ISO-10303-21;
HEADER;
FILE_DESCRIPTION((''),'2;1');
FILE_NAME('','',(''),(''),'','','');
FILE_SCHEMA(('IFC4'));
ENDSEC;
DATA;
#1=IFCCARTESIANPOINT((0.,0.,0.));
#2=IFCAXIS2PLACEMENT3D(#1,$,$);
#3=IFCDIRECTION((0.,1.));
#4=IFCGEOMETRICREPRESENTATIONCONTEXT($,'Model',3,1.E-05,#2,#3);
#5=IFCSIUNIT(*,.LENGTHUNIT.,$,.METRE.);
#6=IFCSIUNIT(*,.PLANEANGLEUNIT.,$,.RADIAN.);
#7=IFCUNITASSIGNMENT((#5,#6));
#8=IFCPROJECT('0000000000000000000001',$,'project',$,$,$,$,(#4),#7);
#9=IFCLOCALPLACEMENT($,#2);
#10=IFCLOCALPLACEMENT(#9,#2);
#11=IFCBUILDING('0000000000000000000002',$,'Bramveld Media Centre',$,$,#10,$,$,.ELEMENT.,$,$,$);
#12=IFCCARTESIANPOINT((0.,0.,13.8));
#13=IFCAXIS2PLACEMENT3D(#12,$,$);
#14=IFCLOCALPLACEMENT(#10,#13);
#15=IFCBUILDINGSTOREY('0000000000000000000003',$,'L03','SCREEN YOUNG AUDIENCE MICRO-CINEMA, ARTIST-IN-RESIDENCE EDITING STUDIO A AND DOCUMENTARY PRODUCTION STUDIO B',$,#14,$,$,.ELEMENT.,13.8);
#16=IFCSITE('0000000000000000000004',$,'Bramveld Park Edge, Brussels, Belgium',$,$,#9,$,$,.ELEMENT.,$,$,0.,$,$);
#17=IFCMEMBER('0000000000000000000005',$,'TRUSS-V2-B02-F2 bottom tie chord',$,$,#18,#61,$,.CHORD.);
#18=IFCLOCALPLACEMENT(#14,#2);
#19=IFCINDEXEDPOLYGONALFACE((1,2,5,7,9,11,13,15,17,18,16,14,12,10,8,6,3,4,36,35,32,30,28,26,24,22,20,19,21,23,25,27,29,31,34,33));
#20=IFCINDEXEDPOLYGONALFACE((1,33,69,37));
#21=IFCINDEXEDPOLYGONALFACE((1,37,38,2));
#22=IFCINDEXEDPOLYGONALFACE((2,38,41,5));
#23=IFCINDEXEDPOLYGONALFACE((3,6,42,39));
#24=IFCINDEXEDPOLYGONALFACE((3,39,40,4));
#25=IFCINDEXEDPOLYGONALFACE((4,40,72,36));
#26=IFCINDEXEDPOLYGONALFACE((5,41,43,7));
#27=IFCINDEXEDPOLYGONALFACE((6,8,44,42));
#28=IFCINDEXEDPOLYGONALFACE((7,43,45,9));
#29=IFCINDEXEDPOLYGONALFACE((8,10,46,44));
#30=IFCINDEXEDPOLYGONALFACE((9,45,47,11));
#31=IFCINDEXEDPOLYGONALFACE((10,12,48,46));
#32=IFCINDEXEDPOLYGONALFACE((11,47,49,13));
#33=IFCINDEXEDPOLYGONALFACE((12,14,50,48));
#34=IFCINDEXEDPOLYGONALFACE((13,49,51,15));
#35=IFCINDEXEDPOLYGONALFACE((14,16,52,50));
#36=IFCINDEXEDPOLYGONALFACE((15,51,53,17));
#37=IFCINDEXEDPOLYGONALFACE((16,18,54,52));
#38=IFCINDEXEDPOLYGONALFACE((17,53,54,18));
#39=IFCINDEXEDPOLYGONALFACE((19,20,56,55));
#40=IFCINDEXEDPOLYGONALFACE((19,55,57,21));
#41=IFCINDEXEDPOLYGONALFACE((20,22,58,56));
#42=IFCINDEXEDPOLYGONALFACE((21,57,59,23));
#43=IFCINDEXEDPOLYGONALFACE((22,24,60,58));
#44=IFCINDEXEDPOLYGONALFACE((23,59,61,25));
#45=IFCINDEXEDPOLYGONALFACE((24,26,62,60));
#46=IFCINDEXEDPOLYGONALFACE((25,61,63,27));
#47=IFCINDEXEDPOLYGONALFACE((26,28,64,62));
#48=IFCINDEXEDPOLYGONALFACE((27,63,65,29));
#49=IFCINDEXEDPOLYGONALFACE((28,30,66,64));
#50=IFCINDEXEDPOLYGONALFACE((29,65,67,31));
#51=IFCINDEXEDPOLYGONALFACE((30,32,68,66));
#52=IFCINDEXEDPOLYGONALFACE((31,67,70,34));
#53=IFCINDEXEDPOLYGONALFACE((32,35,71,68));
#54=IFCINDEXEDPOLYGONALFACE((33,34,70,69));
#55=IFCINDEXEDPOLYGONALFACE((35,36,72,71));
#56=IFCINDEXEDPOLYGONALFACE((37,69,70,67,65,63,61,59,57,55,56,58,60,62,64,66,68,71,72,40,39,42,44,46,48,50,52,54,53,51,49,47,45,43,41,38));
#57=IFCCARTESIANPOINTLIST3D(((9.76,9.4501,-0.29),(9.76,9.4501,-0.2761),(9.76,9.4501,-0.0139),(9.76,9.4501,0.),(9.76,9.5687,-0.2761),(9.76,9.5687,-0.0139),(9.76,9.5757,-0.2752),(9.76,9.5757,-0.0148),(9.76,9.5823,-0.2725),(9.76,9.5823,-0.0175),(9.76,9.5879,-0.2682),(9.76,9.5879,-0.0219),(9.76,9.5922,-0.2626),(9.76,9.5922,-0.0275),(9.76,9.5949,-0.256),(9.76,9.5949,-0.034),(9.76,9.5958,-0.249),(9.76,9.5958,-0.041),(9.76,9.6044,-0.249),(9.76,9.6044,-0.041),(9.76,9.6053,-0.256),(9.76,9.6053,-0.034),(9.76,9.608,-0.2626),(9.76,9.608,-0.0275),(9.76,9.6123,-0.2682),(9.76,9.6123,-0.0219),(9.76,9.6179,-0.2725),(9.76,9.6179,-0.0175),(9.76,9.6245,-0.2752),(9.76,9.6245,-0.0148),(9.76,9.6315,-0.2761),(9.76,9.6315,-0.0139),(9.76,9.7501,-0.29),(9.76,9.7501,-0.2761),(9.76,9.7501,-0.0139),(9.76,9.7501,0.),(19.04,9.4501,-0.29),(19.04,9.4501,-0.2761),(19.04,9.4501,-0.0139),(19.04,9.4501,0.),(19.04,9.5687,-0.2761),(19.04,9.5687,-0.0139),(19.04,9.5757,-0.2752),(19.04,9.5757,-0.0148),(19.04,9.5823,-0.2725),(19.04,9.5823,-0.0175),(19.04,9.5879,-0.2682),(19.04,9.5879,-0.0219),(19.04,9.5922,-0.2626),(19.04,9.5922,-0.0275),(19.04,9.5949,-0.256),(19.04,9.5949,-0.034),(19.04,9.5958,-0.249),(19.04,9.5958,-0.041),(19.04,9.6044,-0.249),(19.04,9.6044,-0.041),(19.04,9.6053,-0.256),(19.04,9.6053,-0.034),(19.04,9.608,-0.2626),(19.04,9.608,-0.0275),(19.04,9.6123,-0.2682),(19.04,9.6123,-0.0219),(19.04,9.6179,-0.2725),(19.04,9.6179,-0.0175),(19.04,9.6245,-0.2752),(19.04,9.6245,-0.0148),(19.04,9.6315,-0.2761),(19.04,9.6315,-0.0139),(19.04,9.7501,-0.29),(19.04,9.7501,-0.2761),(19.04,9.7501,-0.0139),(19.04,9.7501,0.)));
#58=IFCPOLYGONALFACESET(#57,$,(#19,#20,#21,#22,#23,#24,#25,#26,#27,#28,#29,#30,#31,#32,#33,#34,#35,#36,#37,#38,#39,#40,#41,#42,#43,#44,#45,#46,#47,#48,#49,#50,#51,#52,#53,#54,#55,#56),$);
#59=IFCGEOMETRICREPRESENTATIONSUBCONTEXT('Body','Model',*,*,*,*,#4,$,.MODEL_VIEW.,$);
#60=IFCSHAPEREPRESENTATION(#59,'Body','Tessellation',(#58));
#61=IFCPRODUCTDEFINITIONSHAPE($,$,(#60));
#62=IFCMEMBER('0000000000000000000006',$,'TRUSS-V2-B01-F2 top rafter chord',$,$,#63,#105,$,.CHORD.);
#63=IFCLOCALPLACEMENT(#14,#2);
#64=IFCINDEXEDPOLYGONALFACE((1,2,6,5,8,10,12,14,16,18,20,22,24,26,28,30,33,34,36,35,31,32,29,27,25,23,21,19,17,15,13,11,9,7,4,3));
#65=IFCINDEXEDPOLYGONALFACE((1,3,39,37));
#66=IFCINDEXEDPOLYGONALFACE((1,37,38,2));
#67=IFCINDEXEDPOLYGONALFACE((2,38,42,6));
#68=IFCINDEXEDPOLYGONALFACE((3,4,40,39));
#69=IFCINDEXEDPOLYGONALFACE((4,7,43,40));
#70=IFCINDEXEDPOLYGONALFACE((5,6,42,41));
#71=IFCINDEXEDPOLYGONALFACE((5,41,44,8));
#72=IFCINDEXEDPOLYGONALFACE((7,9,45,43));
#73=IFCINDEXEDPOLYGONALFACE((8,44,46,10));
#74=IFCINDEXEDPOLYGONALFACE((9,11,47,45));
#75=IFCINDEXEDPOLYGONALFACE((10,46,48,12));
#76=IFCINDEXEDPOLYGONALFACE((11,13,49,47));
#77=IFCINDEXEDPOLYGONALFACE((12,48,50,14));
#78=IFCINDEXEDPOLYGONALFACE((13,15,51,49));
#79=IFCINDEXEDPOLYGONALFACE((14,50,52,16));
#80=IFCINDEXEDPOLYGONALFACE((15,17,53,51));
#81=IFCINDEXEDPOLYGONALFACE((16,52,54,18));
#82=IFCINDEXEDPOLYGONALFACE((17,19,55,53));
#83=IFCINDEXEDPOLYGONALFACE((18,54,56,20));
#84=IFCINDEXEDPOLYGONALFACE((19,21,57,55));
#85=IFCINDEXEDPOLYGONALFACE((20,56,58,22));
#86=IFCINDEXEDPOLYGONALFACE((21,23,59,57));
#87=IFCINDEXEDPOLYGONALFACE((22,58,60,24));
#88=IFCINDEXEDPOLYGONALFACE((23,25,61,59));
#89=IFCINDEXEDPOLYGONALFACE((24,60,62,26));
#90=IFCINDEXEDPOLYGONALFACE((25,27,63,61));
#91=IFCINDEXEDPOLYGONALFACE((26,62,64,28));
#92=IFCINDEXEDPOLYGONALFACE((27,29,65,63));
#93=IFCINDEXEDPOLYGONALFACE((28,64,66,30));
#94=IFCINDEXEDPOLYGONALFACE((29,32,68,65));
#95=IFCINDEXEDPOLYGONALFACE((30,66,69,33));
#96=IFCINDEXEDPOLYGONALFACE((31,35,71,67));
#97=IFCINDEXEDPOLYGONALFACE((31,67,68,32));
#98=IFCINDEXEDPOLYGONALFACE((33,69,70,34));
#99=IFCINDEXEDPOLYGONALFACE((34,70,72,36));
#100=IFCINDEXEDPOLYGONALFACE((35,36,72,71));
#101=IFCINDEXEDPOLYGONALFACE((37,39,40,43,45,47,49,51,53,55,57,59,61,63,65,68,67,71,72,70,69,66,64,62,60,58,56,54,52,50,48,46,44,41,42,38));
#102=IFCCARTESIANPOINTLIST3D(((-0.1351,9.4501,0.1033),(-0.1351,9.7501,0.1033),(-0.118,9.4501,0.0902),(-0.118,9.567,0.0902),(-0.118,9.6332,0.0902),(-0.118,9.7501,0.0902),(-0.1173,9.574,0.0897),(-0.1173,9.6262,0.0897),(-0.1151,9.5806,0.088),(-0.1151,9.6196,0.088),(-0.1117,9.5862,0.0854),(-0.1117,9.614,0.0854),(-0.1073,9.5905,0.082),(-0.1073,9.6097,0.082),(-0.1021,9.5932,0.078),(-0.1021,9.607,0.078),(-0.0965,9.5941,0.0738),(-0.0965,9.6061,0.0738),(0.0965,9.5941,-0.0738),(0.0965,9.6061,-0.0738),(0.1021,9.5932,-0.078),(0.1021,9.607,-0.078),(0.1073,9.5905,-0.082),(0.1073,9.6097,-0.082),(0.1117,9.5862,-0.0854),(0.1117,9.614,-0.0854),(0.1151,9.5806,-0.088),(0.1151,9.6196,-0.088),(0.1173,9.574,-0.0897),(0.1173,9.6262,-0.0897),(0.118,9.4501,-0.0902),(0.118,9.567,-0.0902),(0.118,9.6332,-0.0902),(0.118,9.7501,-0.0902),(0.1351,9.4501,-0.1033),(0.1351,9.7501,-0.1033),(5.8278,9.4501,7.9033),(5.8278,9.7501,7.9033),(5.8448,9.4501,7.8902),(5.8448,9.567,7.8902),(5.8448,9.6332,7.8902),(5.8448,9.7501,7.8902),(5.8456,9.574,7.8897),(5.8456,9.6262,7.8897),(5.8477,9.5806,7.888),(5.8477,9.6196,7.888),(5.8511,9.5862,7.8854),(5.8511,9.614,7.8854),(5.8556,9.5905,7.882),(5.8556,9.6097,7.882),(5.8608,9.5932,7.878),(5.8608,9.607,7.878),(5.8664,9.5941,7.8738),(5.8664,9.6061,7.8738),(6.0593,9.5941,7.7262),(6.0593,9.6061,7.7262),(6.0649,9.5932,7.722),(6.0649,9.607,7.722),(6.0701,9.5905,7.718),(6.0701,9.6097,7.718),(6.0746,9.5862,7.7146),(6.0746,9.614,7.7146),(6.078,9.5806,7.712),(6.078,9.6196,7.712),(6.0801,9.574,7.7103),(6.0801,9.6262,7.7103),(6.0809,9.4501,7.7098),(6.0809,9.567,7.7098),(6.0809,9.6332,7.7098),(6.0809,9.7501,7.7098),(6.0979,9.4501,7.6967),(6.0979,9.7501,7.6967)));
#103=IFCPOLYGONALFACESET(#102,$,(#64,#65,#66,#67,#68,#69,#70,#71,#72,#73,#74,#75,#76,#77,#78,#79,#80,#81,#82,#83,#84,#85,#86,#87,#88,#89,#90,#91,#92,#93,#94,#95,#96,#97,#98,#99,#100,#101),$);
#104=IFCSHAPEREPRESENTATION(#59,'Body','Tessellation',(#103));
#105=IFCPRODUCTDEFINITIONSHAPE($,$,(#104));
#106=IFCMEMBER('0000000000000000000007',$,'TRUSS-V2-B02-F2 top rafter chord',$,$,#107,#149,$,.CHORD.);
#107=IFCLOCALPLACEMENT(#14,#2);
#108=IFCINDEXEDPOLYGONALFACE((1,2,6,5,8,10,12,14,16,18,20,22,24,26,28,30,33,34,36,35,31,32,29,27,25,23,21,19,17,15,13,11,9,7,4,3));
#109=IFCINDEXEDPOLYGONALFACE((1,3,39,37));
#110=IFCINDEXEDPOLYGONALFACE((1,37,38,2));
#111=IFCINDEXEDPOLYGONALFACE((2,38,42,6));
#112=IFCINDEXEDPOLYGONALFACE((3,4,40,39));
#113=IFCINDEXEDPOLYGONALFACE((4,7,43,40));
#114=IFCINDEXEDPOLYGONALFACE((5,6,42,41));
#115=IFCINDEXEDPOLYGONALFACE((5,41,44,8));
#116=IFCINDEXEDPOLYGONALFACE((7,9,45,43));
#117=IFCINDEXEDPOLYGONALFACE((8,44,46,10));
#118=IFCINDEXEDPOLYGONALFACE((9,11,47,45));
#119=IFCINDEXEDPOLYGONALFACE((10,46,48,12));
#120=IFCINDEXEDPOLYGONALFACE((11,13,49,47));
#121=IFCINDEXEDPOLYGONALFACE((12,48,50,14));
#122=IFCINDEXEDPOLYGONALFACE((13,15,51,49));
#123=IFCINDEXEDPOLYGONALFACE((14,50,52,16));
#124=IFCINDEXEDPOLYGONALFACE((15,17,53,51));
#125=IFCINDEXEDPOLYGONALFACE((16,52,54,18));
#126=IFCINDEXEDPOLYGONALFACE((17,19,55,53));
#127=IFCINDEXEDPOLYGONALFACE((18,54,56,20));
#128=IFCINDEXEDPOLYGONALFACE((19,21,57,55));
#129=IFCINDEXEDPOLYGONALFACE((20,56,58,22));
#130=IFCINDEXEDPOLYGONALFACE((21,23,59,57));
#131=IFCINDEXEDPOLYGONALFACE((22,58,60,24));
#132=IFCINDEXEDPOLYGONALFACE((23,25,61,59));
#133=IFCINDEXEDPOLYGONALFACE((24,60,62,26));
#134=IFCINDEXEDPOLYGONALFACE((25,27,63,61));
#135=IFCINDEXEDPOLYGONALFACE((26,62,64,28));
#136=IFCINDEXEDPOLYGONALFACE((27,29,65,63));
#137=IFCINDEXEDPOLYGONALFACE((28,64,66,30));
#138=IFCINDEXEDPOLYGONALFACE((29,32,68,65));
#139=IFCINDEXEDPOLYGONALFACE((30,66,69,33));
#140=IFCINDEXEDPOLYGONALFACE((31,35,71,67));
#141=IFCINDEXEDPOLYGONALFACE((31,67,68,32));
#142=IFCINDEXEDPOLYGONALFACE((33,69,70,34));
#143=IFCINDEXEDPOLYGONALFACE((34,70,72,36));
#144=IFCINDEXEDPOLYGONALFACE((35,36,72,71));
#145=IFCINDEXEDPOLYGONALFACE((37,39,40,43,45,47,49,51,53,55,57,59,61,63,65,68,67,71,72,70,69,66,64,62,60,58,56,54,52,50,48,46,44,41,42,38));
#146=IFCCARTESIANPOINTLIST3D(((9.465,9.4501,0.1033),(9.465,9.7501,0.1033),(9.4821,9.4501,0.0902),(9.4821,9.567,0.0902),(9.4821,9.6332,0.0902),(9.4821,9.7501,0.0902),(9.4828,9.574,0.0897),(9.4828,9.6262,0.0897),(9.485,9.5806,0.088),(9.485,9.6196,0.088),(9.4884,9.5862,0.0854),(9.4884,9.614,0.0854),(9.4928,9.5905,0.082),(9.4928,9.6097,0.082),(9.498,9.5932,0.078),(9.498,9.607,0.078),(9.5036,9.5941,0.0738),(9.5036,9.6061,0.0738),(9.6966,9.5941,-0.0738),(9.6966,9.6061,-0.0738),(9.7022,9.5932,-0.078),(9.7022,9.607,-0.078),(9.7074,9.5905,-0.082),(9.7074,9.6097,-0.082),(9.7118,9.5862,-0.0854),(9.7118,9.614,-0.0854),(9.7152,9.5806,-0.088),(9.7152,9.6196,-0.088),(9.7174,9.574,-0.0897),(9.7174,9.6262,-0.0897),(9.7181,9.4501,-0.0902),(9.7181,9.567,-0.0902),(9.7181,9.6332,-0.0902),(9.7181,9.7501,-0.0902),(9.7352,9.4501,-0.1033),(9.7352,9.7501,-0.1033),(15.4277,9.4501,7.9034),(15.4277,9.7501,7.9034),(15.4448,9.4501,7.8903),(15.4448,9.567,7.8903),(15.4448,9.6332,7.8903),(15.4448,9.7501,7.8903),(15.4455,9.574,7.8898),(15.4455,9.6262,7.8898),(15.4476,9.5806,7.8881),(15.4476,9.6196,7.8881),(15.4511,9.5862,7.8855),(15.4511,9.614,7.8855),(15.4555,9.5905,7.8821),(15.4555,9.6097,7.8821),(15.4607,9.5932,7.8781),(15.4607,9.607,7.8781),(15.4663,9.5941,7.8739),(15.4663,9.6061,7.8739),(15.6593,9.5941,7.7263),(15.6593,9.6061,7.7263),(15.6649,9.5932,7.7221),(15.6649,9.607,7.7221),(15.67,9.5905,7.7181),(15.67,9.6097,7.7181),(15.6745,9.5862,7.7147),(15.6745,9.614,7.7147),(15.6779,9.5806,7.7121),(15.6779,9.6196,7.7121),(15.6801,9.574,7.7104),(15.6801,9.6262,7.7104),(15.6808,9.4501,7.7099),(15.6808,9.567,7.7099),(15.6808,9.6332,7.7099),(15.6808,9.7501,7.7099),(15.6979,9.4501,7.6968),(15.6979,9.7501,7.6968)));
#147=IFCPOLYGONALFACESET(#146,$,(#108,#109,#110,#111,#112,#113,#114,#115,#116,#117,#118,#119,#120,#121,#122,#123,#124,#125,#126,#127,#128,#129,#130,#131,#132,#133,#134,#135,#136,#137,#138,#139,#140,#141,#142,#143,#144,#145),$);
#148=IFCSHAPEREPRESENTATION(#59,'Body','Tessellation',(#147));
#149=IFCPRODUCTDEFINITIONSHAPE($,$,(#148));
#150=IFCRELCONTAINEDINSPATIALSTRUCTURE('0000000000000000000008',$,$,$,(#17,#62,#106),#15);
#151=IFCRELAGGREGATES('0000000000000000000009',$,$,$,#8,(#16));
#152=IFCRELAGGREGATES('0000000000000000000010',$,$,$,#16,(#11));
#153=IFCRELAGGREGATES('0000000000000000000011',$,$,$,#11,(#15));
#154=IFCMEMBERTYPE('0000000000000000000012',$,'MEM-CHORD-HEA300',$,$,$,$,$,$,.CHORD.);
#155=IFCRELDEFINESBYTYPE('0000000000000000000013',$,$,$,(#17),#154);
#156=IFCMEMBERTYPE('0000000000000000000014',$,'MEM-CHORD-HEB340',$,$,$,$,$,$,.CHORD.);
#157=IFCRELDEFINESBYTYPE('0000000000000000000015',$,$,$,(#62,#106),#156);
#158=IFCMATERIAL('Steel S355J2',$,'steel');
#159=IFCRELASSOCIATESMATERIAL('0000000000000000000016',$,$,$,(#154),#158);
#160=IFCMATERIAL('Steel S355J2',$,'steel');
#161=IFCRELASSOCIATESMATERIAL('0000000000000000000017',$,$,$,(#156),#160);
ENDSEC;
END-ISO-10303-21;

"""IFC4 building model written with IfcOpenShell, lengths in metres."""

from ifc_helpers import new_model, si_unit, direction, frame, origin, origin_2d, place, context, subcontext, project, spatial, i_section, extrude, material, material_profile, profile_set, type_object, element, save


model = new_model("IFC4")

# Units and contexts
model_context = context("Model", 3, precision=1e-05, world=origin(), true_north=direction((0.0, 1.0)))
body_context = subcontext(model_context, "Body", "Model", "MODEL_VIEW")
ifc_project = project(units=[si_unit("LENGTHUNIT", "METRE"), si_unit("PLANEANGLEUNIT", "RADIAN")], contexts=[model_context])

# Site, building, storey
site_placement = place(None, origin())
site = spatial("IfcSite", under=ifc_project, at=site_placement, Name="Bramveld Park Edge, Brussels, Belgium", CompositionType="ELEMENT", RefElevation=0.0)
building_placement = place(site_placement, origin())
building = spatial("IfcBuilding", under=site, at=building_placement, Name="Bramveld Media Centre", CompositionType="ELEMENT")
storey_placement = place(building_placement, frame((0.0, 0.0, 13.8)))
storey = spatial("IfcBuildingStorey", under=building, at=storey_placement, Name="L03", Description="SCREEN YOUNG AUDIENCE MICRO-CINEMA, ARTIST-IN-RESIDENCE EDITING STUDIO A AND DOCUMENTARY PRODUCTION STUDIO B", CompositionType="ELEMENT", Elevation=13.8)

# Members
ifc_material_1 = material(Name="Steel S355J2", Category="steel")
ifc_material_profile_1 = material_profile(ifc_material_1, i_section(OverallWidth=0.3, OverallDepth=0.29, WebThickness=0.0085, FlangeThickness=0.0139, FilletRadius=0.0271, at=origin_2d()), Name="HEA 300")
ifc_profile_set_1 = profile_set([ifc_material_profile_1], Name="Steel S355J2")
member_type_1 = type_object("IfcMemberType", Name="MEM-CHORD-HEA300", PredefinedType="CHORD", material=ifc_profile_set_1)
for number, where, z_axis, x_axis, name in (
    (1, (9.76, 9.6001, -0.145), (1.0, 0.0, 0.0), (0.0, 1.0, 0.0), "TRUSS-V2-B02-F2 bottom tie chord"),
):
    element("IfcMember", number, at=place(storey_placement, frame(where, z_axis=z_axis, x_axis=x_axis)), inside=storey, type_object=member_type_1, Name=name, PredefinedType="CHORD", context=body_context, shape_type="SweptSolid", body=[
        extrude(i_section(OverallWidth=0.3, OverallDepth=0.29, WebThickness=0.0085, FlangeThickness=0.0139, FilletRadius=0.0271, at=origin_2d()), origin(), (0.0, 0.0, 1.0), 9.28),
    ])
ifc_material_2 = material(Name="Steel S355J2", Category="steel")
ifc_material_profile_2 = material_profile(ifc_material_2, i_section(OverallWidth=0.3, OverallDepth=0.3401, WebThickness=0.012, FlangeThickness=0.0215, FilletRadius=0.0271, at=origin_2d()), Name="HEB 340")
ifc_profile_set_2 = profile_set([ifc_material_profile_2], Name="Steel S355J2")
member_type_2 = type_object("IfcMemberType", Name="MEM-CHORD-HEB340", PredefinedType="CHORD", material=ifc_profile_set_2)
for number, where, z_axis, x_axis, name in (
    (2, (0.0, 9.6001, 0.0), (0.607331, 0.0, 0.794449), (0.0, 1.0, 0.0), "TRUSS-V2-B01-F2 top rafter chord"),
    (3, (9.6001, 9.6001, 0.0), (0.607315, 0.0, 0.794461), (0.0, 1.0, 0.0), "TRUSS-V2-B02-F2 top rafter chord"),
):
    element("IfcMember", number, at=place(storey_placement, frame(where, z_axis=z_axis, x_axis=x_axis)), inside=storey, type_object=member_type_2, Name=name, PredefinedType="CHORD", context=body_context, shape_type="SweptSolid", body=[
        extrude(i_section(OverallWidth=0.3, OverallDepth=0.3401, WebThickness=0.012, FlangeThickness=0.0215, FilletRadius=0.0271, at=origin_2d()), origin(), (0.0, 0.0, 1.0), 9.8181),
    ])

save(model, "model.ifc")
